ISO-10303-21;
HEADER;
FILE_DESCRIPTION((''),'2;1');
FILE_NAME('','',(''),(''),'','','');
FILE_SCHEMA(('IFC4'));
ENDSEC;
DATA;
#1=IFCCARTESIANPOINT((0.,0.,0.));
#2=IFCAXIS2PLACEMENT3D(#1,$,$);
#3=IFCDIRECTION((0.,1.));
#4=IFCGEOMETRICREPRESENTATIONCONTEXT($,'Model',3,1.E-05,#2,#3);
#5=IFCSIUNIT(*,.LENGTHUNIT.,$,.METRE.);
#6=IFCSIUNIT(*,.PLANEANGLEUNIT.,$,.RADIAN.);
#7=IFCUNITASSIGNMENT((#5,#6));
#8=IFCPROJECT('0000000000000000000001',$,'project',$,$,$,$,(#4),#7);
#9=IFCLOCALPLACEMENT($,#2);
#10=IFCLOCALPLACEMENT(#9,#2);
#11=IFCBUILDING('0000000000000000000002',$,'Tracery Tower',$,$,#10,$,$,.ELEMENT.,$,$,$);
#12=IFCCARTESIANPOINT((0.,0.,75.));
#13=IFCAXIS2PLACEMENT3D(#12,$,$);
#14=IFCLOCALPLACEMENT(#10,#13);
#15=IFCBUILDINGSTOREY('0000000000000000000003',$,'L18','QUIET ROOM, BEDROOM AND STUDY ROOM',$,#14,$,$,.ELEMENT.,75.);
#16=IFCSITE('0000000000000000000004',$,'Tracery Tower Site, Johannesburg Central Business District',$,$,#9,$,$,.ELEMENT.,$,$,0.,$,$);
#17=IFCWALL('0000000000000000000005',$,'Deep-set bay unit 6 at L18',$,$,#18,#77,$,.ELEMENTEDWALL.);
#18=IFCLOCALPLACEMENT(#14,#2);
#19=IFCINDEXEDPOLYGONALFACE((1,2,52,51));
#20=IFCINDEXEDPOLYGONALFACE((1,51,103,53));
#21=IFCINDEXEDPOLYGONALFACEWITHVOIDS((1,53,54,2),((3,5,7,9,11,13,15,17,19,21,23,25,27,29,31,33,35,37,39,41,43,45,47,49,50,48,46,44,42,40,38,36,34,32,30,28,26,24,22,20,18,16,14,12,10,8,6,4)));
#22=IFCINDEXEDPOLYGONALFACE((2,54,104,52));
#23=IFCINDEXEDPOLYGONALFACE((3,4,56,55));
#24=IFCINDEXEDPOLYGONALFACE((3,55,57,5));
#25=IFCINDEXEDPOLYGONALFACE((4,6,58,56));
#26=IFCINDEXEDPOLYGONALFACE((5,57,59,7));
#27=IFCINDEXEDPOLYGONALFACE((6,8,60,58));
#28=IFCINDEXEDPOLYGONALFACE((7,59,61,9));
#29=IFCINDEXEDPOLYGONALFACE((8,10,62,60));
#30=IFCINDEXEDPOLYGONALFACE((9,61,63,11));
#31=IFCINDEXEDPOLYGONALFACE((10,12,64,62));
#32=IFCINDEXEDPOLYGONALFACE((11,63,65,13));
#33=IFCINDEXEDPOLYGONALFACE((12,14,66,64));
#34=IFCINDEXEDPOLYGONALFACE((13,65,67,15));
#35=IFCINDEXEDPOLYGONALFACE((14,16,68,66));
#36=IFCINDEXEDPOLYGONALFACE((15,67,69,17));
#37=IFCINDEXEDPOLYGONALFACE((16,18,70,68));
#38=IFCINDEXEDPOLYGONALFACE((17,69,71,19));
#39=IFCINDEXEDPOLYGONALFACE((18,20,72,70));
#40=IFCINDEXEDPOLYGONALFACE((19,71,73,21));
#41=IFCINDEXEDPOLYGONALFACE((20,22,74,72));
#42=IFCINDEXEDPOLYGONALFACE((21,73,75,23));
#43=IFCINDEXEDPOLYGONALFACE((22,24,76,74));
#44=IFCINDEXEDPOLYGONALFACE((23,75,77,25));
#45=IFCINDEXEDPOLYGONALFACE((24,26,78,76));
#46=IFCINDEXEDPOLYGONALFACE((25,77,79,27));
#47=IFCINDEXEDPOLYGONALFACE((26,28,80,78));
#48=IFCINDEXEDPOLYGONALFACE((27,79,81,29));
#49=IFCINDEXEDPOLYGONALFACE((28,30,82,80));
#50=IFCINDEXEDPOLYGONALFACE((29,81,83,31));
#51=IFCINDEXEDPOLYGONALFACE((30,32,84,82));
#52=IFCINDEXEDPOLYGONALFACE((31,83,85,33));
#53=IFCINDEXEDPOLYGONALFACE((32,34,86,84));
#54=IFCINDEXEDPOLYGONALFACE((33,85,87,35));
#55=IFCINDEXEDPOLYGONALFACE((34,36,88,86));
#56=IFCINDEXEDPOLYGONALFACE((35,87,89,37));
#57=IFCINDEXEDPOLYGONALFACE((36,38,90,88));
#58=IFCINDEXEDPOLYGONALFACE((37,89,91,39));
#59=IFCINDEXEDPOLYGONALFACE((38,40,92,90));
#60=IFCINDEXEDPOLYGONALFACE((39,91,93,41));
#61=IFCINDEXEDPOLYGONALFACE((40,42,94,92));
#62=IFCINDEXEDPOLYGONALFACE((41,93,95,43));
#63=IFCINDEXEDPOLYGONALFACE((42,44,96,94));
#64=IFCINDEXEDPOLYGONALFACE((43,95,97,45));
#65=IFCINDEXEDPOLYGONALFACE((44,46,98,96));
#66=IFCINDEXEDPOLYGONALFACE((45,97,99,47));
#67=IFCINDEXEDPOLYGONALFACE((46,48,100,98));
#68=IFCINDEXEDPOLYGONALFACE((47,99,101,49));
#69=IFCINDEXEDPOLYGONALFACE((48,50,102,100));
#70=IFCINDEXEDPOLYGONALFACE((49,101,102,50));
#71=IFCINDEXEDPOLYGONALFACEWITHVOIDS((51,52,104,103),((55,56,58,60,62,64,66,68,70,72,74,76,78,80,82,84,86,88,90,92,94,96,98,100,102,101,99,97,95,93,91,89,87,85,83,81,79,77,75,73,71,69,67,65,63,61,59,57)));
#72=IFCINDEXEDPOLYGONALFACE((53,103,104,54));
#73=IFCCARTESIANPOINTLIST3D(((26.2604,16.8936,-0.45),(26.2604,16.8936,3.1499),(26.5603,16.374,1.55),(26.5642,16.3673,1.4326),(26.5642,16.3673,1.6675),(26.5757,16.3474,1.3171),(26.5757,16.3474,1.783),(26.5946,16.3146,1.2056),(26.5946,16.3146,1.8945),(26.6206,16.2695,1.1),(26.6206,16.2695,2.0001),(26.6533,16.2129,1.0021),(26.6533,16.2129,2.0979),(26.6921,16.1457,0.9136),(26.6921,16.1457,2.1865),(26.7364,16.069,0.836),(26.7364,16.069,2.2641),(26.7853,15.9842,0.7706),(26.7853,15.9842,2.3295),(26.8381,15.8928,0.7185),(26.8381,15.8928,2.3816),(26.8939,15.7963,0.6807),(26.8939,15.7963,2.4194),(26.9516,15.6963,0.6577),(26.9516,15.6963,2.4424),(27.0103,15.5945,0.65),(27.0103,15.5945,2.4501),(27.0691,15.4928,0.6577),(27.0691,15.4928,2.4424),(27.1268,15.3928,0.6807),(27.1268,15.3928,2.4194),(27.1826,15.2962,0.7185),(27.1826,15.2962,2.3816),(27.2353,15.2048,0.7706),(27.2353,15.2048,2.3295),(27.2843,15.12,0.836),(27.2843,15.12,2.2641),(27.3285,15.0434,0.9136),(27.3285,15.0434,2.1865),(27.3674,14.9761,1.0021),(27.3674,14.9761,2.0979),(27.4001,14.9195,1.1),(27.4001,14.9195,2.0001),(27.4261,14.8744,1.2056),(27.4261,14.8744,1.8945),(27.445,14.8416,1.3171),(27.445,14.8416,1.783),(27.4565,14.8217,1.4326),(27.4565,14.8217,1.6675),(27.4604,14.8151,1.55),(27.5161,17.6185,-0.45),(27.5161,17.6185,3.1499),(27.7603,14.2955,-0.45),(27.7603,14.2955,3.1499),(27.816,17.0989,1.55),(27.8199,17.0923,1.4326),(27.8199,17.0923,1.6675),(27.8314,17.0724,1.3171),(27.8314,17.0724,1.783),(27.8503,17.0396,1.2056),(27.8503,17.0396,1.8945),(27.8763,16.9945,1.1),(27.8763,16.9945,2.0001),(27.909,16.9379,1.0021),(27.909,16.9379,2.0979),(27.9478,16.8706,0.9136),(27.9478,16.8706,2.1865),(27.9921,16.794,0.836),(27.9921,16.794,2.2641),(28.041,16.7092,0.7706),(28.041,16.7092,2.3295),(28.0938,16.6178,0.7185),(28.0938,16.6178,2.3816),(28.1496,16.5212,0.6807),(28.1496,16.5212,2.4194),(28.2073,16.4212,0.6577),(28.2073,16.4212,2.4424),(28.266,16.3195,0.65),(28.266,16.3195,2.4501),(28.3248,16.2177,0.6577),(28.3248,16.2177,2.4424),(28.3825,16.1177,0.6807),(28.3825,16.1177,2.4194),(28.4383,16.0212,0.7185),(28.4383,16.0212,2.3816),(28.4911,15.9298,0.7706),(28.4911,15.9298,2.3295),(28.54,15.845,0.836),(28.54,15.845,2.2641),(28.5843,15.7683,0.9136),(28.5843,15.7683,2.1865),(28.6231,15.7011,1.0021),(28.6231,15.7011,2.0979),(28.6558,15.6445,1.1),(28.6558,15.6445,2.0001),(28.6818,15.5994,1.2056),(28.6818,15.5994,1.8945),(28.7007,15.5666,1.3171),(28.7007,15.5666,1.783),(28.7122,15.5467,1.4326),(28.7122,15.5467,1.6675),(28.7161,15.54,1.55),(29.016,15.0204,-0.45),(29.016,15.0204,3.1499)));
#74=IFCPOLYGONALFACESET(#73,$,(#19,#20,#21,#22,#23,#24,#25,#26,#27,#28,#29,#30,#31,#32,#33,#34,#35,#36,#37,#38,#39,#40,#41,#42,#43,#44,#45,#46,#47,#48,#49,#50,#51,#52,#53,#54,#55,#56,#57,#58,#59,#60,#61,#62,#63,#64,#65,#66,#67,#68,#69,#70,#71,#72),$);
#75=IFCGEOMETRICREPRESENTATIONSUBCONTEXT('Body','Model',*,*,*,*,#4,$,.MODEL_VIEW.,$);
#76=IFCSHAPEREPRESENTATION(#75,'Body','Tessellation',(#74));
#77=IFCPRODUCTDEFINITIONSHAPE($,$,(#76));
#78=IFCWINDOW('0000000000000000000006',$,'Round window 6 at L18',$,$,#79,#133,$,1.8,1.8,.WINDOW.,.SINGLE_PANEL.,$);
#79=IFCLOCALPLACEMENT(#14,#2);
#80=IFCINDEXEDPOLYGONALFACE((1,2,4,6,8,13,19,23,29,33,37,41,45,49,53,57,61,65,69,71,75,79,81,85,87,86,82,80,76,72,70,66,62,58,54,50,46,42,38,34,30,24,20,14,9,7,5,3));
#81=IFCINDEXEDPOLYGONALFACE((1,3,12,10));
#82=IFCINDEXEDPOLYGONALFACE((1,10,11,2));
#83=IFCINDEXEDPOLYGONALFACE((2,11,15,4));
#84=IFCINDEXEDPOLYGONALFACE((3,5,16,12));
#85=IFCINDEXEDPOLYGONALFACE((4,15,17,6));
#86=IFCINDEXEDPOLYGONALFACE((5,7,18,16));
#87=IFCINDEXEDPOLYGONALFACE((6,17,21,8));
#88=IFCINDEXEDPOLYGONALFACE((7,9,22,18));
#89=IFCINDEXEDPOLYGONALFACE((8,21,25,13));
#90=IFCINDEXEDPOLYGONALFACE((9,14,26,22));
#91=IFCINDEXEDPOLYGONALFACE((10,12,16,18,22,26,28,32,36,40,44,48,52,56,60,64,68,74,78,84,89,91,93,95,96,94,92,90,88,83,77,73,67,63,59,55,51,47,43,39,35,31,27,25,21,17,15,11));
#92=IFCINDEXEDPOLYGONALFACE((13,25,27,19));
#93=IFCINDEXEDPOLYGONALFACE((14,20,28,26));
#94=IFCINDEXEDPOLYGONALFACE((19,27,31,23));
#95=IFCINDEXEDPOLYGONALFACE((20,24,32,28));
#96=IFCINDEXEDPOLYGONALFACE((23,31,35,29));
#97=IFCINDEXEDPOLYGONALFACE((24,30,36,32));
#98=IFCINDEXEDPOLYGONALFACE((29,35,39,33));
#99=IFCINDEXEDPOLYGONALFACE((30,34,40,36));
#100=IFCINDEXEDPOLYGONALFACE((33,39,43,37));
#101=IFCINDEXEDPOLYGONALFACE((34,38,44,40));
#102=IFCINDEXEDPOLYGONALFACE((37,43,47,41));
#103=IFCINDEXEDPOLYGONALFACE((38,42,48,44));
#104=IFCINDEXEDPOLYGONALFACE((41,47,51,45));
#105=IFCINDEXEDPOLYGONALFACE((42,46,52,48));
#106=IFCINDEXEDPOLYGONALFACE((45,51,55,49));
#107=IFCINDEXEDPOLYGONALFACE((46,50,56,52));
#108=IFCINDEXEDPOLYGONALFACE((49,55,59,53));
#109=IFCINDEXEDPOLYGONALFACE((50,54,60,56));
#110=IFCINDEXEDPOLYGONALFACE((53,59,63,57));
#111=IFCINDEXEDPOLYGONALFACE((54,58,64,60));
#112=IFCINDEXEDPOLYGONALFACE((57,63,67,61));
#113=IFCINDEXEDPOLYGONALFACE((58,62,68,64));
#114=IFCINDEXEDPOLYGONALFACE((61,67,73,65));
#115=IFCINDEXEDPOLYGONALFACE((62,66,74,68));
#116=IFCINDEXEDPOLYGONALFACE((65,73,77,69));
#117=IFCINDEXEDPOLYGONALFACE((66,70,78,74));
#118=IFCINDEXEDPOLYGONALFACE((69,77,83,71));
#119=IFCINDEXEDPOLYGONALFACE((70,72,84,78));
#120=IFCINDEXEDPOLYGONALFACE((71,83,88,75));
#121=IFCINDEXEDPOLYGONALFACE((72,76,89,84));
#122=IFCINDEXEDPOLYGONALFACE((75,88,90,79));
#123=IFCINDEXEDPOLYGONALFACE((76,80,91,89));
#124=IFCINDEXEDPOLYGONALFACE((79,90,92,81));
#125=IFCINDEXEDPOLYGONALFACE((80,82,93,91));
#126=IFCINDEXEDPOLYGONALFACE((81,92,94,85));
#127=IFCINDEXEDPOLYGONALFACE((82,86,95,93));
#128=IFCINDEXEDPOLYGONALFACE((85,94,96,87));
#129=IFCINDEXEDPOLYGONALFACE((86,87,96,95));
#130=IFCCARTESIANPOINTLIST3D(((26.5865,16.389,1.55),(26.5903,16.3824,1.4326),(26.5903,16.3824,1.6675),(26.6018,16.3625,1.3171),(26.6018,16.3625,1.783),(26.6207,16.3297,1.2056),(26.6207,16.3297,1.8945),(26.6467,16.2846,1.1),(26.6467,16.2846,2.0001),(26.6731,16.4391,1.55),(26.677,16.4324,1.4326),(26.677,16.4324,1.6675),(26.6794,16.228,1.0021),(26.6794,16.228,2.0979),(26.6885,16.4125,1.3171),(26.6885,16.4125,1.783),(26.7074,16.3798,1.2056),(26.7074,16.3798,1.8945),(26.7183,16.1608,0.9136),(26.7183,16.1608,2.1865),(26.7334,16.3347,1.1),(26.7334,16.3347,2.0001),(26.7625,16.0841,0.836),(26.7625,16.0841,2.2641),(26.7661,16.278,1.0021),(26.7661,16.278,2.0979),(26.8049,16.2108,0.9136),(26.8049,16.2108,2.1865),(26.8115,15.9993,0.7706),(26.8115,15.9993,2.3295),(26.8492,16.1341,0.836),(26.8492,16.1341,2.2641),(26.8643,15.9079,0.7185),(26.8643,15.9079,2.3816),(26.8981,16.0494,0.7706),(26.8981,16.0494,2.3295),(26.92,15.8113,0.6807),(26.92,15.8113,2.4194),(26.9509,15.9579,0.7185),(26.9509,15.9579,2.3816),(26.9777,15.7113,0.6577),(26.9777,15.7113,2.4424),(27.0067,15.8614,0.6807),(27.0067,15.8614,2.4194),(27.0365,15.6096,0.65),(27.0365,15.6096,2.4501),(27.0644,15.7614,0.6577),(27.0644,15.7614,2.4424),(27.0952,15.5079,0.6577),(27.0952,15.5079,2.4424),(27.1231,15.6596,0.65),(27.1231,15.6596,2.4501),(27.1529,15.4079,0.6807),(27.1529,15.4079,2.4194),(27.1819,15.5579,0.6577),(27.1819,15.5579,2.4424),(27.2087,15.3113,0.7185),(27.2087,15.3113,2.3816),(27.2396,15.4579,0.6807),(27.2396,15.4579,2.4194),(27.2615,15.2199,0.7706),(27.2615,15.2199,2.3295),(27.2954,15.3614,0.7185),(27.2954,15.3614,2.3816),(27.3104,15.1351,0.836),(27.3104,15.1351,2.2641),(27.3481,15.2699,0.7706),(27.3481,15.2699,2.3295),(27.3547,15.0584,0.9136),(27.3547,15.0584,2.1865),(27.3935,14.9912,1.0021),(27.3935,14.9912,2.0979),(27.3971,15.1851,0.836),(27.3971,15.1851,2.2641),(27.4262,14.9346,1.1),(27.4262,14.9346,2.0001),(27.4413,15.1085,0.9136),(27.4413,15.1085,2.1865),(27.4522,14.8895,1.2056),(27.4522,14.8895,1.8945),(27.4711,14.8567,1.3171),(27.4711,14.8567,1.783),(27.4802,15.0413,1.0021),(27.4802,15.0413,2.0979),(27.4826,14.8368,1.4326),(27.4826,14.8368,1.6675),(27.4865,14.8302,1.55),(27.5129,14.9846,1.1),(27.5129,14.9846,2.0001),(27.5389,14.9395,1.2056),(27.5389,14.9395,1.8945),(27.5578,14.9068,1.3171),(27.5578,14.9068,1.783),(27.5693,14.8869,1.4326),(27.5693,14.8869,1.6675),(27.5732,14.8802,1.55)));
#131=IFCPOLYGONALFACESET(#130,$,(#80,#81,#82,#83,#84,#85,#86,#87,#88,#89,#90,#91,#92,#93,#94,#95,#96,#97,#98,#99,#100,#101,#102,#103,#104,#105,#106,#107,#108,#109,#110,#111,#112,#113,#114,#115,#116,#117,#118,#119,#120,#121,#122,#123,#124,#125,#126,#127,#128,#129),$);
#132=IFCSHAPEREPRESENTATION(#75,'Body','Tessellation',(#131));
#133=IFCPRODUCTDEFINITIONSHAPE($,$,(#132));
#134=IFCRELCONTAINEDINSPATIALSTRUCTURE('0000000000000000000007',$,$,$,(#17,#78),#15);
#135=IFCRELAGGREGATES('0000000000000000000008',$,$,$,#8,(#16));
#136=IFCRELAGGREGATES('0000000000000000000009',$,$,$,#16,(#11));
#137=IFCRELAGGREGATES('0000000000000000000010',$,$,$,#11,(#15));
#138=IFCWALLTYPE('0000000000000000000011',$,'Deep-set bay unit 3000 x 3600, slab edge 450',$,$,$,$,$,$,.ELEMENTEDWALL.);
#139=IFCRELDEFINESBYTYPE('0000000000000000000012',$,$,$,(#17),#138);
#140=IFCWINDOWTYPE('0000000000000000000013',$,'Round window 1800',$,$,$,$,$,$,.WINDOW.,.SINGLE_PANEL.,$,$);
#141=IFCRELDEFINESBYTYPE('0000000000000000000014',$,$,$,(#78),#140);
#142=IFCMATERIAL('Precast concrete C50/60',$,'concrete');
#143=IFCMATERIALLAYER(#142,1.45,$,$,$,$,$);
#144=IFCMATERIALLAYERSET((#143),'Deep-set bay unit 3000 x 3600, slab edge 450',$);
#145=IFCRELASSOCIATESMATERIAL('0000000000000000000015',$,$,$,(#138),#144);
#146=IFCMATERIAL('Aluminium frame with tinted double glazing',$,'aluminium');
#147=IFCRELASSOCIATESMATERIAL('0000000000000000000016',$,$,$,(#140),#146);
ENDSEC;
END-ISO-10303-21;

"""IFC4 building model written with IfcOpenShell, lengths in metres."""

from ifc_helpers import new_model, si_unit, direction, frame, frame_2d, origin, origin_2d, place, context, subcontext, project, spatial, rectangle, circle, extrude, material, layer, layer_set, type_object, element, fill, save


model = new_model("IFC4")

# Units and contexts
model_context = context("Model", 3, precision=1e-05, world=origin(), true_north=direction((0.0, 1.0)))
body_context = subcontext(model_context, "Body", "Model", "MODEL_VIEW")
ifc_project = project(units=[si_unit("LENGTHUNIT", "METRE"), si_unit("PLANEANGLEUNIT", "RADIAN")], contexts=[model_context])

# Site, building, storey
site_placement = place(None, origin())
site = spatial("IfcSite", under=ifc_project, at=site_placement, Name="Tracery Tower Site, Johannesburg Central Business District", CompositionType="ELEMENT", RefElevation=0.0)
building_placement = place(site_placement, origin())
building = spatial("IfcBuilding", under=site, at=building_placement, Name="Tracery Tower", CompositionType="ELEMENT")
storey_placement = place(building_placement, frame((0.0, 0.0, 75.0)))
storey = spatial("IfcBuildingStorey", under=building, at=storey_placement, Name="L18", Description="QUIET ROOM, BEDROOM AND STUDY ROOM", CompositionType="ELEMENT", Elevation=75.0)

# Wall, opening, window
ifc_material_1 = material(Name="Precast concrete C50/60", Category="concrete")
ifc_layer_1 = layer(ifc_material_1, 1.45)
ifc_layer_set_1 = layer_set([ifc_layer_1], Name="Deep-set bay unit 3000 x 3600, slab edge 450")
wall_type_1 = type_object("IfcWallType", Name="Deep-set bay unit 3000 x 3600, slab edge 450", PredefinedType="ELEMENTEDWALL", material=ifc_layer_set_1)
ifc_material_2 = material(Name="Aluminium frame with tinted double glazing", Category="aluminium")
window_type = type_object("IfcWindowType", Name="Round window 1800", PartitioningType="SINGLE_PANEL", PredefinedType="WINDOW", material=ifc_material_2)
wall_1_placement = place(storey_placement, frame((28.3882, 14.658, -0.45), z_axis=(0.0, 0.0, 1.0), x_axis=(-0.49999, 0.866031, 0.0)))
wall_1 = element("IfcWall", 1, at=wall_1_placement, inside=storey, type_object=wall_type_1, Name="Deep-set bay unit 6 at L18", PredefinedType="ELEMENTEDWALL", context=body_context, shape_type="SweptSolid", body=[
    extrude(rectangle(XDim=3.0, YDim=1.45, at=frame_2d((1.5, 0.0))), origin(), (0.0, 0.0, 1.0), 3.5999),
])
opening_1_placement = place(wall_1_placement, frame((1.5, 0.0, 2.0)))
opening_1 = element("IfcOpeningElement", 2, at=opening_1_placement, cuts=wall_1, PredefinedType="OPENING", context=body_context, shape_type="SweptSolid", body=[
    extrude(circle(Radius=0.9, at=origin_2d()), frame((0.0, 0.7349, 0.0), z_axis=(0.0, -1.0, 0.0), x_axis=(1.0, 0.0, 0.0)), (0.0, 0.0, 1.0), 1.47),
])
window_1_placement = place(opening_1_placement, origin())
window_1 = element("IfcWindow", 3, at=window_1_placement, inside=storey, type_object=window_type, Name="Round window 6 at L18", OverallHeight=1.8, OverallWidth=1.8, PartitioningType="SINGLE_PANEL", PredefinedType="WINDOW", context=body_context, shape_type="SweptSolid", body=[
    extrude(circle(Radius=0.9, at=origin_2d()), frame((0.0, 0.6948, 0.0), z_axis=(0.0, -1.0, 0.0), x_axis=(1.0, 0.0, 0.0)), (0.0, 0.0, 1.0), 0.1001),
])
fill(opening_1, window_1)

save(model, "model.ifc")
